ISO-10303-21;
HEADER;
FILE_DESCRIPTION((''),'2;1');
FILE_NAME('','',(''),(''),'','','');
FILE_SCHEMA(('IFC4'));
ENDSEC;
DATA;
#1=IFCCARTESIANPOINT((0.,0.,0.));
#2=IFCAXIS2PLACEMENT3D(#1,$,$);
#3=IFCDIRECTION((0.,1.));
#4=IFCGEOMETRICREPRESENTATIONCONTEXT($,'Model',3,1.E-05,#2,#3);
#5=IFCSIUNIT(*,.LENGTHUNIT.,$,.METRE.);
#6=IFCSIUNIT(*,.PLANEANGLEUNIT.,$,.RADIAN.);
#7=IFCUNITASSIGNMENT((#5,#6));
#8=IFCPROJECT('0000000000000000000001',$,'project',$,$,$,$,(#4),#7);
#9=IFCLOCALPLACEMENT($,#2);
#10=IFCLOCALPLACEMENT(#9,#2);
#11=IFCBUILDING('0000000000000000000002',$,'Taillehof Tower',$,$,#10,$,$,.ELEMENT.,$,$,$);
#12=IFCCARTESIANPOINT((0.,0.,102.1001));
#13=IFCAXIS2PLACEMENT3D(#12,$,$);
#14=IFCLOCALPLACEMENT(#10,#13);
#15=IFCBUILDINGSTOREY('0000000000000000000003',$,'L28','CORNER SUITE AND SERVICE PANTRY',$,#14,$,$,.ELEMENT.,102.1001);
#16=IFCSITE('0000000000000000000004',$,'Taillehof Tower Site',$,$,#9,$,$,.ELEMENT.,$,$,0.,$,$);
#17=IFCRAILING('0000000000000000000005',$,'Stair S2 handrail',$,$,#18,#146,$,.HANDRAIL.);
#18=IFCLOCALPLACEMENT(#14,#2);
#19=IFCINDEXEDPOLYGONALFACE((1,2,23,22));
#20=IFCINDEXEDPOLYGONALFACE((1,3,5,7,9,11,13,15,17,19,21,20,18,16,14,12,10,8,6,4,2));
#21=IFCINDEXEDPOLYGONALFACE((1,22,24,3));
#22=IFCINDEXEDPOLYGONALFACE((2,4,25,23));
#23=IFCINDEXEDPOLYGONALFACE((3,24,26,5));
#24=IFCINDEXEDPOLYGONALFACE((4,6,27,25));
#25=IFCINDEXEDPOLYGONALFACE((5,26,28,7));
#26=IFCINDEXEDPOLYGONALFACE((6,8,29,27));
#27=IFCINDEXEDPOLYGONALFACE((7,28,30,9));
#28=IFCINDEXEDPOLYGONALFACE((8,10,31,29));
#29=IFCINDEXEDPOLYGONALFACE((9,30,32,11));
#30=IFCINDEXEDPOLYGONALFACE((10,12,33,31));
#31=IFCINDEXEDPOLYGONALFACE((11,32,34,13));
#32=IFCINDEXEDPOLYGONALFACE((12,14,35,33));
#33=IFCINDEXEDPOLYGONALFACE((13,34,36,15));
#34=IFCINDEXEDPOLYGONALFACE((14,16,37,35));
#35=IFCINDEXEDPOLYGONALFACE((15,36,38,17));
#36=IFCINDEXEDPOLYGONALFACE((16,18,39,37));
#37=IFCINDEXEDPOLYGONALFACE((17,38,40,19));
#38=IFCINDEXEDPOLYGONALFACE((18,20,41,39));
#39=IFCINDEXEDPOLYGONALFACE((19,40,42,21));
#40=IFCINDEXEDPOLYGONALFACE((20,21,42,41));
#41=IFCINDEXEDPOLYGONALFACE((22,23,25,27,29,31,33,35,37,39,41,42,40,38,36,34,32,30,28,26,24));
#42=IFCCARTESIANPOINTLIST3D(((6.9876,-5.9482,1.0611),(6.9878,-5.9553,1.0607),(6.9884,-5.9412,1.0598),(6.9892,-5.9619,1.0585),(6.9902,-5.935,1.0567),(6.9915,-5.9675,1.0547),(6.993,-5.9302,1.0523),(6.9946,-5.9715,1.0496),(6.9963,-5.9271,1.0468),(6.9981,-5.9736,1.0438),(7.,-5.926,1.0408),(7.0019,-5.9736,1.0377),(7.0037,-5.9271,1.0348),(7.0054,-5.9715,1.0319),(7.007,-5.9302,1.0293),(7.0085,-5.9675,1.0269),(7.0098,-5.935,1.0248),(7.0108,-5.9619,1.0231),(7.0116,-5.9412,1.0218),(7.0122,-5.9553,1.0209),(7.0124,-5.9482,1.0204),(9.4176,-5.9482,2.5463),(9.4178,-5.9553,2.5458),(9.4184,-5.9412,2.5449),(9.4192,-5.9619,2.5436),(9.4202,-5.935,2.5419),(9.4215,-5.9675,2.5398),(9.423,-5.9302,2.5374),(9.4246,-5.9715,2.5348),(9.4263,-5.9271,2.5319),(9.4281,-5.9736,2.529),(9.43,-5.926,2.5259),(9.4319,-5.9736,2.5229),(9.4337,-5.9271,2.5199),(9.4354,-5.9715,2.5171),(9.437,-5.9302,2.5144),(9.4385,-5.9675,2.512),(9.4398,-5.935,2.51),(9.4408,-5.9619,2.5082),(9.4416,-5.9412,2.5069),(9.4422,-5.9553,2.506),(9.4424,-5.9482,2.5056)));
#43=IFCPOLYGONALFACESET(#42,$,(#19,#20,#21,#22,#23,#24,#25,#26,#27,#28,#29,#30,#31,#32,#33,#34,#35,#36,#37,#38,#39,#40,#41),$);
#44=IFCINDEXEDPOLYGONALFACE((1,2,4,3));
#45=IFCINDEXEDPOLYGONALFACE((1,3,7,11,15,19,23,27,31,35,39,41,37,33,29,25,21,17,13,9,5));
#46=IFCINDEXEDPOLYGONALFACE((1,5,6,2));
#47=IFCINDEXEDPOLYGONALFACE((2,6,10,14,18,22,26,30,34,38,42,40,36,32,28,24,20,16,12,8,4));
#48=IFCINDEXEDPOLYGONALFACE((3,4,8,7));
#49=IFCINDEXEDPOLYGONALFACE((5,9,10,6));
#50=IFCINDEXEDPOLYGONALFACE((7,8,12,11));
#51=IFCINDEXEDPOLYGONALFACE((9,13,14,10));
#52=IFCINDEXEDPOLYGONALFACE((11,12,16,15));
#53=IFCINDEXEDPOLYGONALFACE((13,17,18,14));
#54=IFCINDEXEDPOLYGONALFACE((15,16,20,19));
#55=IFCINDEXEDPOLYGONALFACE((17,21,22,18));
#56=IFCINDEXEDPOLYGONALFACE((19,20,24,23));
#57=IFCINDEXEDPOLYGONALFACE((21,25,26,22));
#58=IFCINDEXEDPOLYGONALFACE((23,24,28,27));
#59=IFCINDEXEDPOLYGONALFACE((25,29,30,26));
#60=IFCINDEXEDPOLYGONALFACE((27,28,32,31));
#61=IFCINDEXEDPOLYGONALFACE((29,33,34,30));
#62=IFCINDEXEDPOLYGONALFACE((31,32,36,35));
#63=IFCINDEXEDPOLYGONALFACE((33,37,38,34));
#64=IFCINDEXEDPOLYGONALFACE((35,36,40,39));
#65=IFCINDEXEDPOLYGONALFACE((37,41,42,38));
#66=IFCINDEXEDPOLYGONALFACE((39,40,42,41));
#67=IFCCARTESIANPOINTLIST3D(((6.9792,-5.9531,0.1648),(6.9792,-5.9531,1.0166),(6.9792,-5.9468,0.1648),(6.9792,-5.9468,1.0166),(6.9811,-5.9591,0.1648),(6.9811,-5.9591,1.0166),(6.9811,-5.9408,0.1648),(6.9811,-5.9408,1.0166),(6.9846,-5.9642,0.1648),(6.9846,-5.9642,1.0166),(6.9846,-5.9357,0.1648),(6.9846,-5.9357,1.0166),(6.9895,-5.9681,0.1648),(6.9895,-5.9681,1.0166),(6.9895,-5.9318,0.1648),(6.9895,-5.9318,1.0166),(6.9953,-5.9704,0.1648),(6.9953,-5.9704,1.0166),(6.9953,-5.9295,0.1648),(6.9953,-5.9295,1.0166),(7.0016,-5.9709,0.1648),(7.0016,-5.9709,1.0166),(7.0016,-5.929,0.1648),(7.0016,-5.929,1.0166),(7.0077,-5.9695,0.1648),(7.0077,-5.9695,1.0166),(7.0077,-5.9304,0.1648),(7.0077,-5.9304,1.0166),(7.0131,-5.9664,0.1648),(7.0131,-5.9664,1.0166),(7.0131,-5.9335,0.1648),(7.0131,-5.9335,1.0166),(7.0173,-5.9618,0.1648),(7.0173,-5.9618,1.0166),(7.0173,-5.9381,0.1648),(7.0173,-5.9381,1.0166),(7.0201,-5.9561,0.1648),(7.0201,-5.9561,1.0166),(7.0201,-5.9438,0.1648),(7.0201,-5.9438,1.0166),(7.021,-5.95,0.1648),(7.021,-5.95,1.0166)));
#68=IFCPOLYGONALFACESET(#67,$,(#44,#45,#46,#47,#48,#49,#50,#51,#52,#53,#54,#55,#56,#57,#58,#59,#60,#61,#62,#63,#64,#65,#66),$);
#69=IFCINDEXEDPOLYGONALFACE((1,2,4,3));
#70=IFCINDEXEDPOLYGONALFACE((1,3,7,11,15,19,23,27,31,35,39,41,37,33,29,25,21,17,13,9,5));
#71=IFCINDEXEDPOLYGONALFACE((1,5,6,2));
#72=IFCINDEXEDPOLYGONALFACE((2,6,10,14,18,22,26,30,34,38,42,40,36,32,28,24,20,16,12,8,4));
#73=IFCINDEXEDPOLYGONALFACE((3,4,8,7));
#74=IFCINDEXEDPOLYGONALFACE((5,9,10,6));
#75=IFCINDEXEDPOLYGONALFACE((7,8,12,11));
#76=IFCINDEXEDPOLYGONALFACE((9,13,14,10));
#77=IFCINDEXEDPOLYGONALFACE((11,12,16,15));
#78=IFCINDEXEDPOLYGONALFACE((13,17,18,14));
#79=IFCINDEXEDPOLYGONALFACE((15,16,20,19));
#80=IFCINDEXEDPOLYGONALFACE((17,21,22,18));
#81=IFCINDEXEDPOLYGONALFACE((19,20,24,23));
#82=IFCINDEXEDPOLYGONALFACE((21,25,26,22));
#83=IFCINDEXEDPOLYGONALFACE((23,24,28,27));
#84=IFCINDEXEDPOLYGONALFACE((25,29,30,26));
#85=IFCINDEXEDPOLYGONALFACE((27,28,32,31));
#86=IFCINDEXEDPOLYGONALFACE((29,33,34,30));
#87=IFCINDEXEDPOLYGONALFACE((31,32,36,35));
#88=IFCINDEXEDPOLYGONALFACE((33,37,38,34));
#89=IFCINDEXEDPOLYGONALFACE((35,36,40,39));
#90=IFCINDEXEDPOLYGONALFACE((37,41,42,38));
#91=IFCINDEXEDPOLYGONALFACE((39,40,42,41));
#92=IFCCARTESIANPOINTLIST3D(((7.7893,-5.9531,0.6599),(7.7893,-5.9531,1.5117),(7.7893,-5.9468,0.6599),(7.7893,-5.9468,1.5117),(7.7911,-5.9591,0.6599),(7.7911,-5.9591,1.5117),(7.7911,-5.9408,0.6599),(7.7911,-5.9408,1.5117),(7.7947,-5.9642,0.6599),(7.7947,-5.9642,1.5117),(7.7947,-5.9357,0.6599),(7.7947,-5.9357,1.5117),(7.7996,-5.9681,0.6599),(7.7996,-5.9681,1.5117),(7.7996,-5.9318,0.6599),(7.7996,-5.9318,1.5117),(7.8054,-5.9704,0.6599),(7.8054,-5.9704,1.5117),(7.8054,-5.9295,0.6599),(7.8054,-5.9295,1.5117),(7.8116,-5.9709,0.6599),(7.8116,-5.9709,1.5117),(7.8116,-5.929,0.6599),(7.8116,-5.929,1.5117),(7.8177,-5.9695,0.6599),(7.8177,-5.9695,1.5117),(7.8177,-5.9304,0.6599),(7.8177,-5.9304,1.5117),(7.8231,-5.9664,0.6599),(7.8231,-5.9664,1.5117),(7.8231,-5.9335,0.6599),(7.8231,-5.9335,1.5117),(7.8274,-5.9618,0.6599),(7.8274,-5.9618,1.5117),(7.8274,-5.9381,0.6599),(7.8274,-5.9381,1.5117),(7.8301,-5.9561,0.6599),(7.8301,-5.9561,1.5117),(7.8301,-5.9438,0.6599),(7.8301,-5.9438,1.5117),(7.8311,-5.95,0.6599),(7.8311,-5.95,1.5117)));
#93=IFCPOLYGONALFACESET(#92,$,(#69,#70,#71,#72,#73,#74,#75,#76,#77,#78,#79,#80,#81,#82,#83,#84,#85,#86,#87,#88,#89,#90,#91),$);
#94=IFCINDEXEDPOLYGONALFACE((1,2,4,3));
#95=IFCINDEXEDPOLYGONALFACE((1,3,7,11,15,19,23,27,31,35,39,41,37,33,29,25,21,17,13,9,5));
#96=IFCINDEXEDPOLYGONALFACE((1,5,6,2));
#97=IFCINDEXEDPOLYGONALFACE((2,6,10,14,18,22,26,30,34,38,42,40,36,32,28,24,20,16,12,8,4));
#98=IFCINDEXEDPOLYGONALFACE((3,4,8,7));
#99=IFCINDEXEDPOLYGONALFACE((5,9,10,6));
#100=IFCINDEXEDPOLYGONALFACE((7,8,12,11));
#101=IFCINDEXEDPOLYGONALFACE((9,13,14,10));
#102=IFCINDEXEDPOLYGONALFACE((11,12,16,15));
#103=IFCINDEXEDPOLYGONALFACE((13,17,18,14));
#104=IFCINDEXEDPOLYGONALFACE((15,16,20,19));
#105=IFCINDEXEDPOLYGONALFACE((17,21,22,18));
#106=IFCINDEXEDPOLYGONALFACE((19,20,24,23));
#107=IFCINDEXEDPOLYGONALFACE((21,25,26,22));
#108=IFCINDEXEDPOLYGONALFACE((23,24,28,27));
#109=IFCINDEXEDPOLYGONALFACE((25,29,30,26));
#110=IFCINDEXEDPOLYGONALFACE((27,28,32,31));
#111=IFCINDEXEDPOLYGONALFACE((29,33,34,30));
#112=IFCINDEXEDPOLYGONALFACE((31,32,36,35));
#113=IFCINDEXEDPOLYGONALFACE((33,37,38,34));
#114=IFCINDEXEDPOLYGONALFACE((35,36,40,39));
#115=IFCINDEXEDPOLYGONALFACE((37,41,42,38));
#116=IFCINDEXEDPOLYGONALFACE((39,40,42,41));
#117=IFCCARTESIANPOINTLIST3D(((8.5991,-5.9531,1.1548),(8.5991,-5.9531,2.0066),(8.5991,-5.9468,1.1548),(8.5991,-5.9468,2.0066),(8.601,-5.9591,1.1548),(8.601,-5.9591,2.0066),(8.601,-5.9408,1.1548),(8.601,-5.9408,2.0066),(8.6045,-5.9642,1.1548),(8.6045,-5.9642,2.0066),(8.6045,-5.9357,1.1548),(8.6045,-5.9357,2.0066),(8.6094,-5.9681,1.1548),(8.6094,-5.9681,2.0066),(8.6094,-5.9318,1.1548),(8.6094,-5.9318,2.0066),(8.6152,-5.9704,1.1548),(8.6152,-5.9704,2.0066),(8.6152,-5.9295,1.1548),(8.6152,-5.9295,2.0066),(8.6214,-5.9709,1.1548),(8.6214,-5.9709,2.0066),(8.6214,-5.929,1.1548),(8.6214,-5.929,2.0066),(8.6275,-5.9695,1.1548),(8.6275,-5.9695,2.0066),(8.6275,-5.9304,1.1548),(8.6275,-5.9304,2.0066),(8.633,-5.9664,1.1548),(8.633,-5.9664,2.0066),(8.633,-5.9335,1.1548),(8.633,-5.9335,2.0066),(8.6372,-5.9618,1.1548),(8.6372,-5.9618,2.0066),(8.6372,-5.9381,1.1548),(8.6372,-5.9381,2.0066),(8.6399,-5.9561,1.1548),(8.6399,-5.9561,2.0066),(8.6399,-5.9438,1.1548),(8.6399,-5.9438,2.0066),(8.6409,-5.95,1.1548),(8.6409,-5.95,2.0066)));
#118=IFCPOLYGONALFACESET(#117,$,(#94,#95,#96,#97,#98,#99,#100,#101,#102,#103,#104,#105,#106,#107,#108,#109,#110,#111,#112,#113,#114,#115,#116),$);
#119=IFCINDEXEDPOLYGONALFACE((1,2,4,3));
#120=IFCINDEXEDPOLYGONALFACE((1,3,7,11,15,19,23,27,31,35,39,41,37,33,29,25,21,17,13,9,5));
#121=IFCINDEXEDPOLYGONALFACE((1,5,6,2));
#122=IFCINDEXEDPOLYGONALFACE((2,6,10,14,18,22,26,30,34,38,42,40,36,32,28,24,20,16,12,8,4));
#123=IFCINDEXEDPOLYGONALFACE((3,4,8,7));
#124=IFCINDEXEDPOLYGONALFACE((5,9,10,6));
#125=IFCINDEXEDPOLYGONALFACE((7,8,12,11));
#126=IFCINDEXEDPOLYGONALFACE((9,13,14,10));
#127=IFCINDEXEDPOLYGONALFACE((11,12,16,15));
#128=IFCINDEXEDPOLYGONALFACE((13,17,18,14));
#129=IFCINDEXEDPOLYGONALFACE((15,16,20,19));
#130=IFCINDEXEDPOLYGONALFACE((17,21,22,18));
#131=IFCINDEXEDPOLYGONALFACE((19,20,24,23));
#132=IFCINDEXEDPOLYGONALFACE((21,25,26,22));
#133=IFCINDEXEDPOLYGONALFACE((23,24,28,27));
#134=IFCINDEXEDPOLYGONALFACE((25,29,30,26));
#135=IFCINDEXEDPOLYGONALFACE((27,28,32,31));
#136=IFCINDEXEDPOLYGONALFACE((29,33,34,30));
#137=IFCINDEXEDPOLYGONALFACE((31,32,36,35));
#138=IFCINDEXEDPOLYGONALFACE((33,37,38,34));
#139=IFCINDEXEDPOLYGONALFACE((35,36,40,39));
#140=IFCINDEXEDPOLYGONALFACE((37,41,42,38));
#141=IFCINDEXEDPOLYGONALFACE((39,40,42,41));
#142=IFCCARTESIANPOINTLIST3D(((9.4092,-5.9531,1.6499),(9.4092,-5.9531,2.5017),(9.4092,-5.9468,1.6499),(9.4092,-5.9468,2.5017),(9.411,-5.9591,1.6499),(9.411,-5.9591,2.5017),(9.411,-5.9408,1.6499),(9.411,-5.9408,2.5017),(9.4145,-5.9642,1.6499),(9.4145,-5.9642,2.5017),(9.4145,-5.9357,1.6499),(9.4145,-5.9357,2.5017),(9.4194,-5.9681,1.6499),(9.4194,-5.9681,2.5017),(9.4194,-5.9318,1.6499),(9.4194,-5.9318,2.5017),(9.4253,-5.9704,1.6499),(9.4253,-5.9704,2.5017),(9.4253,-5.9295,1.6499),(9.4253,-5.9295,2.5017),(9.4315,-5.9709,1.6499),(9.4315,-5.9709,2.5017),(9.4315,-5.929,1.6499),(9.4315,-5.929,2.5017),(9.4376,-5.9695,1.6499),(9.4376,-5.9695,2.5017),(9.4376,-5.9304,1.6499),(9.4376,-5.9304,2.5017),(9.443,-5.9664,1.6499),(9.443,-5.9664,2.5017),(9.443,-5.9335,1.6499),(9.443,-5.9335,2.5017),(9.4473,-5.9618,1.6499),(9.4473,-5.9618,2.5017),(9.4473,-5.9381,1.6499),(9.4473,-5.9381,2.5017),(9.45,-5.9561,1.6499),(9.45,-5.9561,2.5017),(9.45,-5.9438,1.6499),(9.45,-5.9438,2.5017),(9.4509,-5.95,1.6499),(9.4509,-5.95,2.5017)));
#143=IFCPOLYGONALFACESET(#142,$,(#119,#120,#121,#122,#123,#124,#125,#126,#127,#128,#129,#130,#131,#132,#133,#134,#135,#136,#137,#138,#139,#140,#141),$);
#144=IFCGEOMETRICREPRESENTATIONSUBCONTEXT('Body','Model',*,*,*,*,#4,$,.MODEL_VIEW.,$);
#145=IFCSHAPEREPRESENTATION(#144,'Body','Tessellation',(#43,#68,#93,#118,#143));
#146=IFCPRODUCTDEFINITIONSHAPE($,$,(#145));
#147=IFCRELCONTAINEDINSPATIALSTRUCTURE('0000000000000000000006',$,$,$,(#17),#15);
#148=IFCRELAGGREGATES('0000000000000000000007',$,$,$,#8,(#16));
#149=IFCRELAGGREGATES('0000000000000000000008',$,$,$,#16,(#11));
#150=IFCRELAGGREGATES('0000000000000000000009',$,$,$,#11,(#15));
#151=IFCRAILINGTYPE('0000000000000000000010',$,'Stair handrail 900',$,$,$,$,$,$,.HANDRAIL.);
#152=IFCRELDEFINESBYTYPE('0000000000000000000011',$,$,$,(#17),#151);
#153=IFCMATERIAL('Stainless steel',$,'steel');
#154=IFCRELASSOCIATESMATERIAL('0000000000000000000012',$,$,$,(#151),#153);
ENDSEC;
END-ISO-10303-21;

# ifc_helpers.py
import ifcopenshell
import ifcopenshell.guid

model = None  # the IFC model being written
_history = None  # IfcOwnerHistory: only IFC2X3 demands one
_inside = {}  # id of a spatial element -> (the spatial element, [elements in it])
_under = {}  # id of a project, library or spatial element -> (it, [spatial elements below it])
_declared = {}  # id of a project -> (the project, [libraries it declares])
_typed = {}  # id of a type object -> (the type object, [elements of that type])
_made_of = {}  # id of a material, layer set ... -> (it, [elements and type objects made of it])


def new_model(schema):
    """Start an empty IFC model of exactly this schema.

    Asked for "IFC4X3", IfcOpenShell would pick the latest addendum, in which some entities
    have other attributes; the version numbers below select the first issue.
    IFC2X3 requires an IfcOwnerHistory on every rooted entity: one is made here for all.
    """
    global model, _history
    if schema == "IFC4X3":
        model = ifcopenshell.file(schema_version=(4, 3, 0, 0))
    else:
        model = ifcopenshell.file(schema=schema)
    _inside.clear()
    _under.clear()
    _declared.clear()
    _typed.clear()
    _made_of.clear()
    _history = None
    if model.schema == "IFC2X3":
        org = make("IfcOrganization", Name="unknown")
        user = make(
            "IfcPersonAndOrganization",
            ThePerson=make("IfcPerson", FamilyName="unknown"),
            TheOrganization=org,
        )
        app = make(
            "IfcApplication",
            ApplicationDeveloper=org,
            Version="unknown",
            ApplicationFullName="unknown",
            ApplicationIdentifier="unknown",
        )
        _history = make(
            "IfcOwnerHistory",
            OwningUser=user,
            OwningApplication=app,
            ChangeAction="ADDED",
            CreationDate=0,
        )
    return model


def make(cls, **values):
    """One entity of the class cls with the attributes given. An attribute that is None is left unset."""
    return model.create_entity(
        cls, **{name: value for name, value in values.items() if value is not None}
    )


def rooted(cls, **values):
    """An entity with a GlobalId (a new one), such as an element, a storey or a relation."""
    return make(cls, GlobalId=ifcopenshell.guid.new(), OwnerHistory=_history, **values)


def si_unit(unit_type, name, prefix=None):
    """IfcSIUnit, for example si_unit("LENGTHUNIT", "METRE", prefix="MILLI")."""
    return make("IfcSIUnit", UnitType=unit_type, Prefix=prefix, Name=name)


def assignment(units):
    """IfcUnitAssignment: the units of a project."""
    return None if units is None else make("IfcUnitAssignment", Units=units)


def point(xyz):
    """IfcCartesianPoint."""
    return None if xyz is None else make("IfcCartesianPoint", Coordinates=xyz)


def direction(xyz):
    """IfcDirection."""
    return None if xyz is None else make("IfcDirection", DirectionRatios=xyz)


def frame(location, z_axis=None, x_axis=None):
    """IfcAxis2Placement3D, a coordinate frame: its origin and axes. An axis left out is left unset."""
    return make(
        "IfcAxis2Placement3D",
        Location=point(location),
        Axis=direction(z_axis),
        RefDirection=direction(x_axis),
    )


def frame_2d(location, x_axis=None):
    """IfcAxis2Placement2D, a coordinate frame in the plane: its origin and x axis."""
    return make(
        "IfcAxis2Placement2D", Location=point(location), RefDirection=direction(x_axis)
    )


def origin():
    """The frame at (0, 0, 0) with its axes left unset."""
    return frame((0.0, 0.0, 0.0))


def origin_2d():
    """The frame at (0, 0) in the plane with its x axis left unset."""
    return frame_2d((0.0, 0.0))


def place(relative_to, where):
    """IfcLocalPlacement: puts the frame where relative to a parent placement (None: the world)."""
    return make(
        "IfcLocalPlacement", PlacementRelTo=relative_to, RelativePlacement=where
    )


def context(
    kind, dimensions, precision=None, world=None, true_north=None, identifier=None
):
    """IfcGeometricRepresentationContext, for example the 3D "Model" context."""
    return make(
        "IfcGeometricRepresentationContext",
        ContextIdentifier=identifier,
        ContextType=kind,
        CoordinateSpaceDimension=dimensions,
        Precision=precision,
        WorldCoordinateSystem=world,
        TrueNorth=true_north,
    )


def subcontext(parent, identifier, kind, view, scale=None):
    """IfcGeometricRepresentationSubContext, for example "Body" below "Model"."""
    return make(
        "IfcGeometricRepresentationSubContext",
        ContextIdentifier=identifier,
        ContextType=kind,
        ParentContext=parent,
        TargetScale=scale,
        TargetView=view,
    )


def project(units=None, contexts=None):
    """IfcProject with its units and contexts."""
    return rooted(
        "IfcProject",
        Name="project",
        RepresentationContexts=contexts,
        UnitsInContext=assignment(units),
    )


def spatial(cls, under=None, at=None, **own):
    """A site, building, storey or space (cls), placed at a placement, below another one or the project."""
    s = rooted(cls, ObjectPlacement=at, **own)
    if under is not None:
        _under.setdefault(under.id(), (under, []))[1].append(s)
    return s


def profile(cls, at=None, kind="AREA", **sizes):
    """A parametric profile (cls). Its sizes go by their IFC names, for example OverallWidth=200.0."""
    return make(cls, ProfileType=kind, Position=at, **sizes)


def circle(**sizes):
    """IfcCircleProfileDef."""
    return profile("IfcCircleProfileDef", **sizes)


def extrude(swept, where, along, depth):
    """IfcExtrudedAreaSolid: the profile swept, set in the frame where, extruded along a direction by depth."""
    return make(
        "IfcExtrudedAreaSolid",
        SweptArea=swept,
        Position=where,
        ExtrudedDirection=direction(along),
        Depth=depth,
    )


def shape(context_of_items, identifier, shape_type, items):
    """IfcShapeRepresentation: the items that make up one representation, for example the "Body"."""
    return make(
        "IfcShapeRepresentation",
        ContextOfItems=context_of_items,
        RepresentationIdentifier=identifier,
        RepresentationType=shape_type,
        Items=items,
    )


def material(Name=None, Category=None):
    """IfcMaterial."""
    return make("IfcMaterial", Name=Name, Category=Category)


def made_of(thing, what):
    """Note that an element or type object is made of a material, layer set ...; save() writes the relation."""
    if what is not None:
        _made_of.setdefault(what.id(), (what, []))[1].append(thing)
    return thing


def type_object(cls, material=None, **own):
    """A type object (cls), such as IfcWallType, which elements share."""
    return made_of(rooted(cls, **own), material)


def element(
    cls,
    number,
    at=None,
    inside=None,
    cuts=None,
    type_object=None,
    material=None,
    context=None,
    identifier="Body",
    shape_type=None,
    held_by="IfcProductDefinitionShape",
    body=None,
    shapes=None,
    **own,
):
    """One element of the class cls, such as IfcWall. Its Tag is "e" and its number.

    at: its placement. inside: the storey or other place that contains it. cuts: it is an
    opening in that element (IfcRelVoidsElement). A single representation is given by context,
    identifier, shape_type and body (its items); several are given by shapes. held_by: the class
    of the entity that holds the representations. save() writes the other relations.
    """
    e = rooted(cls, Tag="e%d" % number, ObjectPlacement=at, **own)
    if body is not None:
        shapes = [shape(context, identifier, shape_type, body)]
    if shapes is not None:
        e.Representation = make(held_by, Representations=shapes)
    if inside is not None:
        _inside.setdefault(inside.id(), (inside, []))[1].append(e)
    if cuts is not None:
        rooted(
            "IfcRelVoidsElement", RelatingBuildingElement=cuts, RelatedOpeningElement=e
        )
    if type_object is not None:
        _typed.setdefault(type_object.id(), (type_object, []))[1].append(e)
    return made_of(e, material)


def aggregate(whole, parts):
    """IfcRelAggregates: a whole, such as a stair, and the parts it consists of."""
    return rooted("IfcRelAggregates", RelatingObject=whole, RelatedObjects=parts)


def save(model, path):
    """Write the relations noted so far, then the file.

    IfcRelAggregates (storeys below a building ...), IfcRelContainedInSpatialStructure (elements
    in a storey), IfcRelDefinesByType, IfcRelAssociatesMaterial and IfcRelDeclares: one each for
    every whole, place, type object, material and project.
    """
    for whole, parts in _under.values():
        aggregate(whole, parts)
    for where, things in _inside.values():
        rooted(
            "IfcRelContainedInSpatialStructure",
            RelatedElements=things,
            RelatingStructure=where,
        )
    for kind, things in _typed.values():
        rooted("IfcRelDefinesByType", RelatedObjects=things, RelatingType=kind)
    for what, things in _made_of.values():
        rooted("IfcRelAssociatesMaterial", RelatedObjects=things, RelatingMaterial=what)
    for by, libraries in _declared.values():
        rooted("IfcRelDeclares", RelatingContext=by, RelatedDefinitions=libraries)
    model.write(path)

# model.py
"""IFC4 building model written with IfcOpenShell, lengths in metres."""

from ifc_helpers import new_model, si_unit, direction, frame, origin, origin_2d, place, context, subcontext, project, spatial, circle, extrude, material, type_object, element, save


model = new_model("IFC4")

# Units and contexts
model_context = context("Model", 3, precision=1e-05, world=origin(), true_north=direction((0.0, 1.0)))
body_context = subcontext(model_context, "Body", "Model", "MODEL_VIEW")
ifc_project = project(units=[si_unit("LENGTHUNIT", "METRE"), si_unit("PLANEANGLEUNIT", "RADIAN")], contexts=[model_context])

# Site, building, storey
site_placement = place(None, origin())
site = spatial("IfcSite", under=ifc_project, at=site_placement, Name="Taillehof Tower Site", CompositionType="ELEMENT", RefElevation=0.0)
building_placement = place(site_placement, origin())
building = spatial("IfcBuilding", under=site, at=building_placement, Name="Taillehof Tower", CompositionType="ELEMENT")
storey_placement = place(building_placement, frame((0.0, 0.0, 102.1001)))
storey = spatial("IfcBuildingStorey", under=building, at=storey_placement, Name="L28", Description="CORNER SUITE AND SERVICE PANTRY", CompositionType="ELEMENT", Elevation=102.1001)

# Railing
ifc_material_1 = material(Name="Stainless steel", Category="steel")
railing_type = type_object("IfcRailingType", Name="Stair handrail 900", PredefinedType="HANDRAIL", material=ifc_material_1)
railing_1_placement = place(storey_placement, frame((7.0, -5.95, 0.1648)))
element("IfcRailing", 1, at=railing_1_placement, inside=storey, type_object=railing_type, Name="Stair S2 handrail", PredefinedType="HANDRAIL", context=body_context, shape_type="SweptSolid", body=[
    extrude(circle(Radius=0.0239, at=origin_2d()), frame((0.0, 0.0, 0.876), z_axis=(0.853259, 0.0, 0.521488), x_axis=(0.0, 1.0, 0.0)), (0.0, 0.0, 1.0), 2.8479),
    extrude(circle(Radius=0.021, at=origin_2d()), origin(), (0.0, 0.0, 1.0), 0.8518),
    extrude(circle(Radius=0.021, at=origin_2d()), frame((0.8101, 0.0, 0.4951)), (0.0, 0.0, 1.0), 0.8518),
    extrude(circle(Radius=0.021, at=origin_2d()), frame((1.6199, 0.0, 0.99)), (0.0, 0.0, 1.0), 0.8518),
    extrude(circle(Radius=0.021, at=origin_2d()), frame((2.4299, 0.0, 1.4851)), (0.0, 0.0, 1.0), 0.8518),
])

save(model, "model.ifc")
